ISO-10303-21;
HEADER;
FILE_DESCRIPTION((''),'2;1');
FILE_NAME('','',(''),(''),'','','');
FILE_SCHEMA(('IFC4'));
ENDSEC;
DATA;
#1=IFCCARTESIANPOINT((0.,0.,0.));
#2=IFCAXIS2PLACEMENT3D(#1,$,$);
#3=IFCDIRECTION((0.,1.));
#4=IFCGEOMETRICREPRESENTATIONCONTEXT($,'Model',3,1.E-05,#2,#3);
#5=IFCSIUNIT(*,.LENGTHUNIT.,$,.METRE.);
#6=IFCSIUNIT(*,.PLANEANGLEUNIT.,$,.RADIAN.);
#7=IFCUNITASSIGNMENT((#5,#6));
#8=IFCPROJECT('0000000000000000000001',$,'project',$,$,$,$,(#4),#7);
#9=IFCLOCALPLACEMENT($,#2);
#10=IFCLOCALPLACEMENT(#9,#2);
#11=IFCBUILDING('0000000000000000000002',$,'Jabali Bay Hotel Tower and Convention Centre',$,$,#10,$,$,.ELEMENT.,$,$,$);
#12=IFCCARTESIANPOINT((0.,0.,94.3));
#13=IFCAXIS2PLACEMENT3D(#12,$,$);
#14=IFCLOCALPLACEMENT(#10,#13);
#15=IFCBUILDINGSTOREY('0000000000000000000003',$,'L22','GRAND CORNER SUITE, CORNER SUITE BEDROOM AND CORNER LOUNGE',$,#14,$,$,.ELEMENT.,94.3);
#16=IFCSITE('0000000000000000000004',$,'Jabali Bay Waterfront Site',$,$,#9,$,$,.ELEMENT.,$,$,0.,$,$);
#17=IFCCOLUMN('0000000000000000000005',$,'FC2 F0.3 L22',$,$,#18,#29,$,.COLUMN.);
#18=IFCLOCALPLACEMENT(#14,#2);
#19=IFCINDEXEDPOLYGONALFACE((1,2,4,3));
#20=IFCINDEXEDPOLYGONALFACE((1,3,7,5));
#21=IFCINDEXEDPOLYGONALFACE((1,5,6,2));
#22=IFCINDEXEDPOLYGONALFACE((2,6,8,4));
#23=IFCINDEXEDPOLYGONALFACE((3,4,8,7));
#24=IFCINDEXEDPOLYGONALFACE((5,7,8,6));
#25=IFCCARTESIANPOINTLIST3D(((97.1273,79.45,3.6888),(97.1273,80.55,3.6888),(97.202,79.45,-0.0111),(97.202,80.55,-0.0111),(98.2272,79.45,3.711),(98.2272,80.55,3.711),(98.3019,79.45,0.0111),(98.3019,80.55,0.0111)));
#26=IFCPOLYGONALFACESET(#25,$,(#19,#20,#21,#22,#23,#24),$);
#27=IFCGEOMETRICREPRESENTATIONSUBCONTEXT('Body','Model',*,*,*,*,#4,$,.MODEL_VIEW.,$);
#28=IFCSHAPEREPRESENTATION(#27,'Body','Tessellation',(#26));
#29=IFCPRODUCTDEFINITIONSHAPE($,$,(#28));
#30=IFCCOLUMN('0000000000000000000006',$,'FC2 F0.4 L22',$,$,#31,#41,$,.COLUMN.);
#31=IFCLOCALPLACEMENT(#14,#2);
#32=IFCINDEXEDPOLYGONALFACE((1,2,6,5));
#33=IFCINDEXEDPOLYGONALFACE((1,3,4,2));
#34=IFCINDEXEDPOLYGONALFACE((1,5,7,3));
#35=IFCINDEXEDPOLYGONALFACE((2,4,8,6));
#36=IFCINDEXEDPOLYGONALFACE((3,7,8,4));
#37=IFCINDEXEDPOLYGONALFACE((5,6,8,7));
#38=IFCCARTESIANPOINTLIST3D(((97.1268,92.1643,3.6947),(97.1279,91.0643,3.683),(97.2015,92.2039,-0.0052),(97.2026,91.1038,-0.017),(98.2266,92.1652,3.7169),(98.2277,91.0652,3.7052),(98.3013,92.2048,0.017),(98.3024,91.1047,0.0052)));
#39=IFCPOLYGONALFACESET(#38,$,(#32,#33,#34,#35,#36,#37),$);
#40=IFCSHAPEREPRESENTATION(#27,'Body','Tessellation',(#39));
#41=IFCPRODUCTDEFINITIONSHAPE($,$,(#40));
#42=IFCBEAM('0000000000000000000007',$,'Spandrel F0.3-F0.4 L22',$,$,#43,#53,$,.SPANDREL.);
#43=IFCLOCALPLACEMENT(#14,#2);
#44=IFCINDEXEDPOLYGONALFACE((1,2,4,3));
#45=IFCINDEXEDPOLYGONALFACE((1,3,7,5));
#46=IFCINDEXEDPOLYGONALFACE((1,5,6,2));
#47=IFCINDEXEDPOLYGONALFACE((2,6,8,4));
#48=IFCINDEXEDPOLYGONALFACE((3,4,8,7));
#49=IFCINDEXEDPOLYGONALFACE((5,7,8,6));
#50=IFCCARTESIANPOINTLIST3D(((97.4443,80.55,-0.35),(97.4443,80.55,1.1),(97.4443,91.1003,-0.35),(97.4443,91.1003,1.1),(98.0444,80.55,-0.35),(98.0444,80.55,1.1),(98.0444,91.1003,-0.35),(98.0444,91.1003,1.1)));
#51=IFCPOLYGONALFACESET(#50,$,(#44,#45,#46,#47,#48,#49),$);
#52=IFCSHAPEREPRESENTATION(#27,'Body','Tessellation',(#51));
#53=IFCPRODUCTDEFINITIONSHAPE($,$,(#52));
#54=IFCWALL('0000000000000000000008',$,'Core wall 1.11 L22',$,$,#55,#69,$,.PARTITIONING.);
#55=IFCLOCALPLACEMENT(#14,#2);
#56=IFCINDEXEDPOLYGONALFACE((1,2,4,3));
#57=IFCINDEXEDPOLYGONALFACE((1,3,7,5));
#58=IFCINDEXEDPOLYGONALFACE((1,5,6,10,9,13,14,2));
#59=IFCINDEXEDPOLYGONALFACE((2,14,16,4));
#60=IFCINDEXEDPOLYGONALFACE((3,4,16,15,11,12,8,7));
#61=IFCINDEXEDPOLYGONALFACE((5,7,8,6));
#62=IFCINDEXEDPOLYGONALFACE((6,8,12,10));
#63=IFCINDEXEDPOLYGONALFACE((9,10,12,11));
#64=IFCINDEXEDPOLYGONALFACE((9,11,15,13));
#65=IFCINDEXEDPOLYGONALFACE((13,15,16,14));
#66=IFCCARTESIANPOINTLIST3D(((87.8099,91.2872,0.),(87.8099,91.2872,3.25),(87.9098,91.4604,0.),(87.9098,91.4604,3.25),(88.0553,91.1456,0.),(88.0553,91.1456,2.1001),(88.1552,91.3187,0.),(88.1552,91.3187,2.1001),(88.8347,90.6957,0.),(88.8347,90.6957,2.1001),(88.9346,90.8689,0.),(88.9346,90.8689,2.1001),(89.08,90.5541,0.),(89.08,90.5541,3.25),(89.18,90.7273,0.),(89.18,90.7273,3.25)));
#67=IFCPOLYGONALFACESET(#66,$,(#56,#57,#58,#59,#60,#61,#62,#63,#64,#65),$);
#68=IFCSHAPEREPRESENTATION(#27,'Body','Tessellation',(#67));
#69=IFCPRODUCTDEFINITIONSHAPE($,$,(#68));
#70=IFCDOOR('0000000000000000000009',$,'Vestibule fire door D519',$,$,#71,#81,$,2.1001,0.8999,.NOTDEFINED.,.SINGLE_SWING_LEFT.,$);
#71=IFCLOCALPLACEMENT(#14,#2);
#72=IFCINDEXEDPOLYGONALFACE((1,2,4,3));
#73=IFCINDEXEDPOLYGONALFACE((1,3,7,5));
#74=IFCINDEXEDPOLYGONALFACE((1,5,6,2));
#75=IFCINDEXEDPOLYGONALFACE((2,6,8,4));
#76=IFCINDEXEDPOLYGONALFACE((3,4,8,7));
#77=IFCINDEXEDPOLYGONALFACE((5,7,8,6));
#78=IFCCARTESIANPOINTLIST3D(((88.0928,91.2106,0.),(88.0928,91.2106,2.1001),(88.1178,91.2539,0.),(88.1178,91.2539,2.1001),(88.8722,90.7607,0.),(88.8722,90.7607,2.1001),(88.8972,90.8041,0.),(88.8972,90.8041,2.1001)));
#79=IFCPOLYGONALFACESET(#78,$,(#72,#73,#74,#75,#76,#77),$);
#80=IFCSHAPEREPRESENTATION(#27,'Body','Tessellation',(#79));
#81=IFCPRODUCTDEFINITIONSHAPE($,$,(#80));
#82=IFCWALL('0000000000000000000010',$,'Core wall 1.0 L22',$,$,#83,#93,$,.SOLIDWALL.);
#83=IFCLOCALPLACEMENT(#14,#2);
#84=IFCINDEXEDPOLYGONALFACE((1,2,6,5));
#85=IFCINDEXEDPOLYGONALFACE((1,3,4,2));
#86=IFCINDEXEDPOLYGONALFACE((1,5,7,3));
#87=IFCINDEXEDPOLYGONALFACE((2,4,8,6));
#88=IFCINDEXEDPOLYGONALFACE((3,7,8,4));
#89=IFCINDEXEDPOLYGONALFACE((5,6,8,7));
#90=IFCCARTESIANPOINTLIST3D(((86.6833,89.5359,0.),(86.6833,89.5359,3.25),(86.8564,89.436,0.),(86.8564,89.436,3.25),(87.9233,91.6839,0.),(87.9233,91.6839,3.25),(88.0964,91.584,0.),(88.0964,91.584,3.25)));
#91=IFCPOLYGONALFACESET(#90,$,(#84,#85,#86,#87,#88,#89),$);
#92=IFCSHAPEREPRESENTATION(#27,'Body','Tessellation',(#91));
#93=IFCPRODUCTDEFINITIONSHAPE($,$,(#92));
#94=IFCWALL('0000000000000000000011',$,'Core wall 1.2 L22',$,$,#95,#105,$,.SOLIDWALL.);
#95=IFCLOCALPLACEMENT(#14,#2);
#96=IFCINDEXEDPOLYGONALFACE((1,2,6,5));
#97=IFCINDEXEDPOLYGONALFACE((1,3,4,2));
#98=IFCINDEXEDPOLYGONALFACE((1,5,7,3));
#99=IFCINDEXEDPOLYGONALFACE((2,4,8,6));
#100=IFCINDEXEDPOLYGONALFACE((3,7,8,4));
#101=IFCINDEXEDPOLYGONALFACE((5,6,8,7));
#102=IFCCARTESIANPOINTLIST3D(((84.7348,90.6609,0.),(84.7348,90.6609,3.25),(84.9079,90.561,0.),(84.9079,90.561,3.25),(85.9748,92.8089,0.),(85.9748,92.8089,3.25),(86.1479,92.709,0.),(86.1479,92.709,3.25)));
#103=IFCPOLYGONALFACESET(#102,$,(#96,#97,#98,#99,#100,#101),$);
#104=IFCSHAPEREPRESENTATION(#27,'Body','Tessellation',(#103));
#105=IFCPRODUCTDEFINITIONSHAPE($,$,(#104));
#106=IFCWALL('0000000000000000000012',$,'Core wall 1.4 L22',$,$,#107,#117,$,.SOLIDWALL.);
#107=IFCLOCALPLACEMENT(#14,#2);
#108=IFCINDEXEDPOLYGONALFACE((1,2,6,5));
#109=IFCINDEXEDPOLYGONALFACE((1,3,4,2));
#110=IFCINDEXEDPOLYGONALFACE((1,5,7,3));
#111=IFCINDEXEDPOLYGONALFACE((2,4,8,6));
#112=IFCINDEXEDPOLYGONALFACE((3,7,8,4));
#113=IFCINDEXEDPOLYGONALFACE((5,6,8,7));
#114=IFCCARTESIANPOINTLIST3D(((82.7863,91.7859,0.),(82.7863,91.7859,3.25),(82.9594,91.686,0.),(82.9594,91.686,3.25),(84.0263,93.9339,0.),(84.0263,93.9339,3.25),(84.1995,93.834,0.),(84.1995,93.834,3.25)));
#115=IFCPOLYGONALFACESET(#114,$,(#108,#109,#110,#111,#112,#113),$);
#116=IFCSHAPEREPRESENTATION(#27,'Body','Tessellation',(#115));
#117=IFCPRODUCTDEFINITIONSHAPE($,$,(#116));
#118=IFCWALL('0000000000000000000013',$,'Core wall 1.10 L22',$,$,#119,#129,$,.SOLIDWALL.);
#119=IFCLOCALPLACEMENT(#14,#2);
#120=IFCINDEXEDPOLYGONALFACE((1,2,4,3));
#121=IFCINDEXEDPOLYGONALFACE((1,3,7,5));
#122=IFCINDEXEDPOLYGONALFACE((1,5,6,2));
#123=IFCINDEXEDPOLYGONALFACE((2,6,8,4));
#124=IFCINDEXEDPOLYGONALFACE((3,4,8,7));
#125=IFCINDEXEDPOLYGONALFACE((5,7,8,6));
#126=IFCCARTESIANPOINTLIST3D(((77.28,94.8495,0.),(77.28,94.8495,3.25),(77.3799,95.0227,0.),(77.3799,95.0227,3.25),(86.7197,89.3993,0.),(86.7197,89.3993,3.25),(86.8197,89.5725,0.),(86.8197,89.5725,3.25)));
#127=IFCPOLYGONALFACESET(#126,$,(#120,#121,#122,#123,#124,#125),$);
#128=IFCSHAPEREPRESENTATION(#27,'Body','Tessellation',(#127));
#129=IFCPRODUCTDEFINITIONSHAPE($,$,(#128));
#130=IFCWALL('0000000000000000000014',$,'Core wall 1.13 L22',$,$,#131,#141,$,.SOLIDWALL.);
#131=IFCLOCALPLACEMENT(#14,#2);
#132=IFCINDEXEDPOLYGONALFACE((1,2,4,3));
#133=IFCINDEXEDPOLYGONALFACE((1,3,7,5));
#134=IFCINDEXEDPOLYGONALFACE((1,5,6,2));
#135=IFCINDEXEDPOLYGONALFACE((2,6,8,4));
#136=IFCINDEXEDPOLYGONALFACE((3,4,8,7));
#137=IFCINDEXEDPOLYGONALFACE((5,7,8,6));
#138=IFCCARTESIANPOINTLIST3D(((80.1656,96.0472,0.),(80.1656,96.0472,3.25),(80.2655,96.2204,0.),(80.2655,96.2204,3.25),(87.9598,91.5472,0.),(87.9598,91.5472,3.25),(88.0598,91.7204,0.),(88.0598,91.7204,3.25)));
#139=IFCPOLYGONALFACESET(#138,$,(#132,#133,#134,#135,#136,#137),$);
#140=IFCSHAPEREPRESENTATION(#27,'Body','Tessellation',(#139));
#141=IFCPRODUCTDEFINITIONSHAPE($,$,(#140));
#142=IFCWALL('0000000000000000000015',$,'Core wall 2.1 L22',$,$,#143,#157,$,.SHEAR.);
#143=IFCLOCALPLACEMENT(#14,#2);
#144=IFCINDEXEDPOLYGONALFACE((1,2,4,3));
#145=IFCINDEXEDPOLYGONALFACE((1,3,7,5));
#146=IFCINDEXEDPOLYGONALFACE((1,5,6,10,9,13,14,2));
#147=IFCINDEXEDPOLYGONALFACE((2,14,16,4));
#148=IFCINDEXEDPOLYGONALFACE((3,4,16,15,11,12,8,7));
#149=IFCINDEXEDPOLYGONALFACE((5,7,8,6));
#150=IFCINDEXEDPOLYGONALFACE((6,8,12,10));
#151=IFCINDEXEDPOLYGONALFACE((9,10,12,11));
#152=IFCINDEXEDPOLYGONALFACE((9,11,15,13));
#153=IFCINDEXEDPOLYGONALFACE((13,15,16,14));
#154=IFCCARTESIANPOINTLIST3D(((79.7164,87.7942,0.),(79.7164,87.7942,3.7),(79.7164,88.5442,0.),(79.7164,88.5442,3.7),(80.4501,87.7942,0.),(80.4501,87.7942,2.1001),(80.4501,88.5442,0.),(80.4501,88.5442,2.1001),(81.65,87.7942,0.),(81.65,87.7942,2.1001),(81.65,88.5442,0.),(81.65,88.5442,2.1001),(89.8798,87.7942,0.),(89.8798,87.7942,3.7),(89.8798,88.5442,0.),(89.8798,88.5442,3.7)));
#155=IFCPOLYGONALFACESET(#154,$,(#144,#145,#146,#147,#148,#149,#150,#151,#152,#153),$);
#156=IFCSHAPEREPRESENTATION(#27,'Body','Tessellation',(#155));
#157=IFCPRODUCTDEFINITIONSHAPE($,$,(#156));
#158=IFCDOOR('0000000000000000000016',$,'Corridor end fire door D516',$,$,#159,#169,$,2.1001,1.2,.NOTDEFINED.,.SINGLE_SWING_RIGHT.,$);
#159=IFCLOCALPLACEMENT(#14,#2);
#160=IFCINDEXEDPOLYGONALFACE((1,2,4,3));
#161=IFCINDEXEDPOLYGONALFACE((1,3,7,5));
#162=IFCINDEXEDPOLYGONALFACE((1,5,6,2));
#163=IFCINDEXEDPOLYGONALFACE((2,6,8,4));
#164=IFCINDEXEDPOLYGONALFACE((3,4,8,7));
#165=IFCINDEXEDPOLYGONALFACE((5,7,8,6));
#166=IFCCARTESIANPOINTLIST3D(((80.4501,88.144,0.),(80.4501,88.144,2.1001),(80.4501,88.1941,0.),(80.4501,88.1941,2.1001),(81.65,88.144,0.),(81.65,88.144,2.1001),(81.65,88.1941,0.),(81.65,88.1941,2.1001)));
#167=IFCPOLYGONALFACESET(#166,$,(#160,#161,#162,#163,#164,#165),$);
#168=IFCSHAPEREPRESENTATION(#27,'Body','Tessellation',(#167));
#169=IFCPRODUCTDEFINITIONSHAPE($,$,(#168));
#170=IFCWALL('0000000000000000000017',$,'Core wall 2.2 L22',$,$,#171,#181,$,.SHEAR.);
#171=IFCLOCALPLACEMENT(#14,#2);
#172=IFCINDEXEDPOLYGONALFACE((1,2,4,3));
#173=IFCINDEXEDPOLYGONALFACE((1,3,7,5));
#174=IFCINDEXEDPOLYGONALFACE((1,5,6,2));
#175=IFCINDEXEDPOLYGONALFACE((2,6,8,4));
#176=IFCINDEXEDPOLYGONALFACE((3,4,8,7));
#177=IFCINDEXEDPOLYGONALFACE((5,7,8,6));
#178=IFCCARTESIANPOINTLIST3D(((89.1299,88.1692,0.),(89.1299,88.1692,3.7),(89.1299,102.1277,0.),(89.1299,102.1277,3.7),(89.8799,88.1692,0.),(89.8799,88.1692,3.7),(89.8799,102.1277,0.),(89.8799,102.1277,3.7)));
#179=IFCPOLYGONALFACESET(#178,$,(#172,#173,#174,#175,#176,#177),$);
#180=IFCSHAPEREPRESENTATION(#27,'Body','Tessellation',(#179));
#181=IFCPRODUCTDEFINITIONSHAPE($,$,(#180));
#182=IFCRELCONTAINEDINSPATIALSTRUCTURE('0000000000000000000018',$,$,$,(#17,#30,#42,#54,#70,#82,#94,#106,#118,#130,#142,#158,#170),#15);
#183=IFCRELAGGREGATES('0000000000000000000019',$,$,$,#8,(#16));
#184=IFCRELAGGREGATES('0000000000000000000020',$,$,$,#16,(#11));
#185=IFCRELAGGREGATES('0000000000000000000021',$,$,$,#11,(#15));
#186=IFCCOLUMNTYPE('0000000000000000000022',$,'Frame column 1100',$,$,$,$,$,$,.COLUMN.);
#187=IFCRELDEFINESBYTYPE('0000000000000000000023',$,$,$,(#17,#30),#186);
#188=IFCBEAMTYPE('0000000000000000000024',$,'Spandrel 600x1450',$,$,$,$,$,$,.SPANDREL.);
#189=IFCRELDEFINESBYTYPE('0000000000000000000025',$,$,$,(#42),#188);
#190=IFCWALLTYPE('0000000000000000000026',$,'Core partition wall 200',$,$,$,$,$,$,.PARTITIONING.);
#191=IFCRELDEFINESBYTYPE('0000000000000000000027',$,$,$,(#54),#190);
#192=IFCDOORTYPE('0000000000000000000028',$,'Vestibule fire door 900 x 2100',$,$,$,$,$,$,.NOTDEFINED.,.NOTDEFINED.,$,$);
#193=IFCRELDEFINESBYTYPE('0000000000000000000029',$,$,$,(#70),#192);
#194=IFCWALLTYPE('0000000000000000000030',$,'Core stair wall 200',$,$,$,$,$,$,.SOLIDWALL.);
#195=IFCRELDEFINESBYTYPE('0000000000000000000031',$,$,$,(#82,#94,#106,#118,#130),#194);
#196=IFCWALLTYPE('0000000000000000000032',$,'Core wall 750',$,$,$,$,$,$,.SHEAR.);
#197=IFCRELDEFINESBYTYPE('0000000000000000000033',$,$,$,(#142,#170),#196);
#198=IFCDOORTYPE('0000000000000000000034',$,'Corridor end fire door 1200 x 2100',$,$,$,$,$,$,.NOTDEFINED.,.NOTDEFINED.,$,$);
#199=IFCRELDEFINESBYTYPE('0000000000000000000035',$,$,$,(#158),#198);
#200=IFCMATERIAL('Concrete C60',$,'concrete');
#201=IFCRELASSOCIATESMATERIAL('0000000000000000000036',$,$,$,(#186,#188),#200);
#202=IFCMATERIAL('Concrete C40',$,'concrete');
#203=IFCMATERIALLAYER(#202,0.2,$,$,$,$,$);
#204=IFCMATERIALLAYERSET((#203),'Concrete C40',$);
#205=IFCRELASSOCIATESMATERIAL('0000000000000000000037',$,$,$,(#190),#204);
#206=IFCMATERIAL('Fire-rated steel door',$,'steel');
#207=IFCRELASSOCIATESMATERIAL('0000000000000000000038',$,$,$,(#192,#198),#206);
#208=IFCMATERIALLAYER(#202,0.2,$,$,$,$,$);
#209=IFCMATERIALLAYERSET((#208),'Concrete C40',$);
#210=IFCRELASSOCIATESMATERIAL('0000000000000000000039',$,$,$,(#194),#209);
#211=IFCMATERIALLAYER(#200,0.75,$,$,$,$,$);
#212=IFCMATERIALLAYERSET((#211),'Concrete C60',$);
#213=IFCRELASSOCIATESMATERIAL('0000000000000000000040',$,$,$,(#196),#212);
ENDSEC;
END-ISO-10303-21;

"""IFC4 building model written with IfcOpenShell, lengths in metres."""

from ifc_helpers import new_model, si_unit, direction, frame, frame_2d, origin, origin_2d, place, context, subcontext, project, spatial, rectangle, extrude, material, layer, layer_set, material_profile, profile_set, type_object, element, fill, save


model = new_model("IFC4")

# Units and contexts
model_context = context("Model", 3, precision=1e-05, world=origin(), true_north=direction((0.0, 1.0)))
body_context = subcontext(model_context, "Body", "Model", "MODEL_VIEW")
ifc_project = project(units=[si_unit("LENGTHUNIT", "METRE"), si_unit("PLANEANGLEUNIT", "RADIAN")], contexts=[model_context])

# Site, building, storey
site_placement = place(None, origin())
site = spatial("IfcSite", under=ifc_project, at=site_placement, Name="Jabali Bay Waterfront Site", CompositionType="ELEMENT", RefElevation=0.0)
building_placement = place(site_placement, origin())
building = spatial("IfcBuilding", under=site, at=building_placement, Name="Jabali Bay Hotel Tower and Convention Centre", CompositionType="ELEMENT")
storey_placement = place(building_placement, frame((0.0, 0.0, 94.3)))
storey = spatial("IfcBuildingStorey", under=building, at=storey_placement, Name="L22", Description="GRAND CORNER SUITE, CORNER SUITE BEDROOM AND CORNER LOUNGE", CompositionType="ELEMENT", Elevation=94.3)

# Columns
ifc_material_1 = material(Name="Concrete C60", Category="concrete")
ifc_material_profile_1 = material_profile(ifc_material_1, rectangle(XDim=1.1001, YDim=1.1001, at=origin_2d()), Name="Frame column 1100")
ifc_profile_set_1 = profile_set([ifc_material_profile_1], Name="Concrete C60")
column_type = type_object("IfcColumnType", Name="Frame column 1100", PredefinedType="COLUMN", material=ifc_profile_set_1)
column_1_placement = place(storey_placement, frame((97.752, 80.0, 0.0), z_axis=(-0.020187, 0.0, 0.999796), x_axis=(0.0, -1.0, 0.0)))
element("IfcColumn", 1, at=column_1_placement, inside=storey, type_object=column_type, Name="FC2 F0.3 L22", PredefinedType="COLUMN", context=body_context, shape_type="SweptSolid", body=[
    extrude(rectangle(XDim=1.1001, YDim=1.1001, at=origin_2d()), origin(), (0.0, 0.0, 1.0), 3.7007),
])
column_2_placement = place(storey_placement, frame((97.752, 91.6543, 0.0), z_axis=(-0.020186, -0.010687, 0.999739), x_axis=(0.999796, 0.000797, 0.020196)))
element("IfcColumn", 2, at=column_2_placement, inside=storey, type_object=column_type, Name="FC2 F0.4 L22", PredefinedType="COLUMN", context=body_context, shape_type="SweptSolid", body=[
    extrude(rectangle(XDim=1.1001, YDim=1.1001, at=origin_2d()), origin(), (0.0, 0.0, 1.0), 3.7009),
])

# Beam
ifc_material_profile_2 = material_profile(ifc_material_1, rectangle(XDim=0.6001, YDim=1.45, at=origin_2d()), Name="Spandrel 600x1450")
ifc_profile_set_2 = profile_set([ifc_material_profile_2], Name="Concrete C60")
beam_type = type_object("IfcBeamType", Name="Spandrel 600x1450", PredefinedType="SPANDREL", material=ifc_profile_set_2)
beam_placement = place(storey_placement, frame((97.7444, 80.55, 0.375), z_axis=(0.0, 1.0, 0.0), x_axis=(-1.0, 0.0, 0.0)))
element("IfcBeam", 3, at=beam_placement, inside=storey, type_object=beam_type, Name="Spandrel F0.3-F0.4 L22", PredefinedType="SPANDREL", context=body_context, shape_type="SweptSolid", body=[
    extrude(rectangle(XDim=0.6001, YDim=1.45, at=origin_2d()), origin(), (0.0, 0.0, 1.0), 10.5503),
])

# Wall, opening, door
ifc_material_2 = material(Name="Concrete C40", Category="concrete")
ifc_layer_1 = layer(ifc_material_2, 0.2)
ifc_layer_set_1 = layer_set([ifc_layer_1], Name="Concrete C40")
wall_type_1 = type_object("IfcWallType", Name="Core partition wall 200", PredefinedType="PARTITIONING", material=ifc_layer_set_1)
wall_1_placement = place(storey_placement, frame((89.1301, 90.6406, 0.0), z_axis=(0.0, 0.0, 1.0), x_axis=(-0.866094, 0.499881, 0.0)))
wall_1 = element("IfcWall", 4, at=wall_1_placement, inside=storey, type_object=wall_type_1, Name="Core wall 1.11 L22", PredefinedType="PARTITIONING", context=body_context, shape_type="SweptSolid", body=[
    extrude(rectangle(XDim=1.4666, YDim=0.2, at=frame_2d((0.7334, 0.0))), origin(), (0.0, 0.0, 1.0), 3.25),
])
opening_1_placement = place(wall_1_placement, frame((0.2834, 0.0, 0.0)))
opening_1 = element("IfcOpeningElement", 5, at=opening_1_placement, cuts=wall_1, PredefinedType="OPENING", context=body_context, shape_type="SweptSolid", body=[
    extrude(rectangle(XDim=0.8999, YDim=2.1001, at=frame_2d((0.45, 1.05))), frame((0.0, 0.1104, 0.0), z_axis=(0.0, -1.0, 0.0), x_axis=(1.0, 0.0, 0.0)), (0.0, 0.0, 1.0), 0.2209),
])
ifc_material_3 = material(Name="Fire-rated steel door", Category="steel")
door_type_1 = type_object("IfcDoorType", Name="Vestibule fire door 900 x 2100", OperationType="NOTDEFINED", PredefinedType="NOTDEFINED", material=ifc_material_3)
door_1_placement = place(opening_1_placement, origin())
door_1 = element("IfcDoor", 6, at=door_1_placement, inside=storey, type_object=door_type_1, Name="Vestibule fire door D519", OperationType="SINGLE_SWING_LEFT", OverallHeight=2.1001, OverallWidth=0.8999, PredefinedType="NOTDEFINED", context=body_context, shape_type="SweptSolid", body=[
    extrude(rectangle(XDim=0.8999, YDim=2.1001, at=frame_2d((0.45, 1.05))), frame((0.0, 0.0249, 0.0), z_axis=(0.0, -1.0, 0.0), x_axis=(1.0, 0.0, 0.0)), (0.0, 0.0, 1.0), 0.05),
])
fill(opening_1, door_1)

# Walls
ifc_layer_2 = layer(ifc_material_2, 0.2)
ifc_layer_set_2 = layer_set([ifc_layer_2], Name="Concrete C40")
wall_type_2 = type_object("IfcWallType", Name="Core stair wall 200", PredefinedType="SOLIDWALL", material=ifc_layer_set_2)
for number, where, z_axis, x_axis, name in (
    (7, (86.7698, 89.4858, 0.0), (0.0, 0.0, 1.0), (0.499961, 0.866048, 0.0), "Core wall 1.0 L22"),
    (8, (84.8213, 90.6108, 0.0), (0.0, 0.0, 1.0), (0.499961, 0.866048, 0.0), "Core wall 1.2 L22"),
    (9, (82.8728, 91.7358, 0.0), (0.0, 0.0, 1.0), (0.499961, 0.866048, 0.0), "Core wall 1.4 L22"),
):
    element("IfcWall", number, at=place(storey_placement, frame(where, z_axis=z_axis, x_axis=x_axis)), inside=storey, type_object=wall_type_2, Name=name, PredefinedType="SOLIDWALL", context=body_context, shape_type="SweptSolid", body=[
        extrude(rectangle(XDim=2.4802, YDim=0.2, at=frame_2d((1.2402, 0.0))), origin(), (0.0, 0.0, 1.0), 3.25),
    ])
wall_2_placement = place(storey_placement, frame((86.7698, 89.4858, 0.0), z_axis=(0.0, 0.0, 1.0), x_axis=(-0.866018, 0.500013, 0.0)))
element("IfcWall", 10, at=wall_2_placement, inside=storey, type_object=wall_type_2, Name="Core wall 1.10 L22", PredefinedType="SOLIDWALL", context=body_context, shape_type="SweptSolid", body=[
    extrude(rectangle(XDim=10.9001, YDim=0.2, at=frame_2d((5.4502, 0.0))), origin(), (0.0, 0.0, 1.0), 3.25),
])
wall_3_placement = place(storey_placement, frame((88.0098, 91.6338, 0.0), z_axis=(0.0, 0.0, 1.0), x_axis=(-0.866024, 0.500002, 0.0)))
element("IfcWall", 11, at=wall_3_placement, inside=storey, type_object=wall_type_2, Name="Core wall 1.13 L22", PredefinedType="SOLIDWALL", context=body_context, shape_type="SweptSolid", body=[
    extrude(rectangle(XDim=9.0, YDim=0.2, at=frame_2d((4.5, 0.0))), origin(), (0.0, 0.0, 1.0), 3.25),
])

# Wall, opening, door
ifc_layer_3 = layer(ifc_material_1, 0.75)
ifc_layer_set_3 = layer_set([ifc_layer_3], Name="Concrete C60")
wall_type_3 = type_object("IfcWallType", Name="Core wall 750", PredefinedType="SHEAR", material=ifc_layer_set_3)
wall_4_placement = place(storey_placement, frame((79.7166, 88.1692, 0.0), z_axis=(0.0, 0.0, 1.0), x_axis=(1.0, 0.0, 0.0)))
wall_4 = element("IfcWall", 12, at=wall_4_placement, inside=storey, type_object=wall_type_3, Name="Core wall 2.1 L22", PredefinedType="SHEAR", context=body_context, shape_type="SweptSolid", body=[
    extrude(rectangle(XDim=10.1633, YDim=0.75, at=frame_2d((5.0815, 0.0))), origin(), (0.0, 0.0, 1.0), 3.7),
])
opening_2_placement = place(wall_4_placement, frame((0.7334, 0.0, 0.0)))
opening_2 = element("IfcOpeningElement", 13, at=opening_2_placement, cuts=wall_4, PredefinedType="OPENING", context=body_context, shape_type="SweptSolid", body=[
    extrude(rectangle(XDim=1.2, YDim=2.1001, at=frame_2d((0.6001, 1.05))), frame((0.0, 0.3855, 0.0), z_axis=(0.0, -1.0, 0.0), x_axis=(1.0, 0.0, 0.0)), (0.0, 0.0, 1.0), 0.771),
])
door_type_2 = type_object("IfcDoorType", Name="Corridor end fire door 1200 x 2100", OperationType="NOTDEFINED", PredefinedType="NOTDEFINED", material=ifc_material_3)
door_2_placement = place(opening_2_placement, origin())
door_2 = element("IfcDoor", 14, at=door_2_placement, inside=storey, type_object=door_type_2, Name="Corridor end fire door D516", OperationType="SINGLE_SWING_RIGHT", OverallHeight=2.1001, OverallWidth=1.2, PredefinedType="NOTDEFINED", context=body_context, shape_type="SweptSolid", body=[
    extrude(rectangle(XDim=1.2, YDim=2.1001, at=frame_2d((0.6001, 1.05))), frame((0.0, 0.0249, 0.0), z_axis=(0.0, -1.0, 0.0), x_axis=(1.0, 0.0, 0.0)), (0.0, 0.0, 1.0), 0.05),
])
fill(opening_2, door_2)

# Wall
wall_5_placement = place(storey_placement, frame((89.5049, 88.1692, 0.0), z_axis=(0.0, 0.0, 1.0), x_axis=(0.0, 1.0, 0.0)))
element("IfcWall", 15, at=wall_5_placement, inside=storey, type_object=wall_type_3, Name="Core wall 2.2 L22", PredefinedType="SHEAR", context=body_context, shape_type="SweptSolid", body=[
    extrude(rectangle(XDim=13.9585, YDim=0.75, at=frame_2d((6.9792, 0.0))), origin(), (0.0, 0.0, 1.0), 3.7),
])

save(model, "model.ifc")
